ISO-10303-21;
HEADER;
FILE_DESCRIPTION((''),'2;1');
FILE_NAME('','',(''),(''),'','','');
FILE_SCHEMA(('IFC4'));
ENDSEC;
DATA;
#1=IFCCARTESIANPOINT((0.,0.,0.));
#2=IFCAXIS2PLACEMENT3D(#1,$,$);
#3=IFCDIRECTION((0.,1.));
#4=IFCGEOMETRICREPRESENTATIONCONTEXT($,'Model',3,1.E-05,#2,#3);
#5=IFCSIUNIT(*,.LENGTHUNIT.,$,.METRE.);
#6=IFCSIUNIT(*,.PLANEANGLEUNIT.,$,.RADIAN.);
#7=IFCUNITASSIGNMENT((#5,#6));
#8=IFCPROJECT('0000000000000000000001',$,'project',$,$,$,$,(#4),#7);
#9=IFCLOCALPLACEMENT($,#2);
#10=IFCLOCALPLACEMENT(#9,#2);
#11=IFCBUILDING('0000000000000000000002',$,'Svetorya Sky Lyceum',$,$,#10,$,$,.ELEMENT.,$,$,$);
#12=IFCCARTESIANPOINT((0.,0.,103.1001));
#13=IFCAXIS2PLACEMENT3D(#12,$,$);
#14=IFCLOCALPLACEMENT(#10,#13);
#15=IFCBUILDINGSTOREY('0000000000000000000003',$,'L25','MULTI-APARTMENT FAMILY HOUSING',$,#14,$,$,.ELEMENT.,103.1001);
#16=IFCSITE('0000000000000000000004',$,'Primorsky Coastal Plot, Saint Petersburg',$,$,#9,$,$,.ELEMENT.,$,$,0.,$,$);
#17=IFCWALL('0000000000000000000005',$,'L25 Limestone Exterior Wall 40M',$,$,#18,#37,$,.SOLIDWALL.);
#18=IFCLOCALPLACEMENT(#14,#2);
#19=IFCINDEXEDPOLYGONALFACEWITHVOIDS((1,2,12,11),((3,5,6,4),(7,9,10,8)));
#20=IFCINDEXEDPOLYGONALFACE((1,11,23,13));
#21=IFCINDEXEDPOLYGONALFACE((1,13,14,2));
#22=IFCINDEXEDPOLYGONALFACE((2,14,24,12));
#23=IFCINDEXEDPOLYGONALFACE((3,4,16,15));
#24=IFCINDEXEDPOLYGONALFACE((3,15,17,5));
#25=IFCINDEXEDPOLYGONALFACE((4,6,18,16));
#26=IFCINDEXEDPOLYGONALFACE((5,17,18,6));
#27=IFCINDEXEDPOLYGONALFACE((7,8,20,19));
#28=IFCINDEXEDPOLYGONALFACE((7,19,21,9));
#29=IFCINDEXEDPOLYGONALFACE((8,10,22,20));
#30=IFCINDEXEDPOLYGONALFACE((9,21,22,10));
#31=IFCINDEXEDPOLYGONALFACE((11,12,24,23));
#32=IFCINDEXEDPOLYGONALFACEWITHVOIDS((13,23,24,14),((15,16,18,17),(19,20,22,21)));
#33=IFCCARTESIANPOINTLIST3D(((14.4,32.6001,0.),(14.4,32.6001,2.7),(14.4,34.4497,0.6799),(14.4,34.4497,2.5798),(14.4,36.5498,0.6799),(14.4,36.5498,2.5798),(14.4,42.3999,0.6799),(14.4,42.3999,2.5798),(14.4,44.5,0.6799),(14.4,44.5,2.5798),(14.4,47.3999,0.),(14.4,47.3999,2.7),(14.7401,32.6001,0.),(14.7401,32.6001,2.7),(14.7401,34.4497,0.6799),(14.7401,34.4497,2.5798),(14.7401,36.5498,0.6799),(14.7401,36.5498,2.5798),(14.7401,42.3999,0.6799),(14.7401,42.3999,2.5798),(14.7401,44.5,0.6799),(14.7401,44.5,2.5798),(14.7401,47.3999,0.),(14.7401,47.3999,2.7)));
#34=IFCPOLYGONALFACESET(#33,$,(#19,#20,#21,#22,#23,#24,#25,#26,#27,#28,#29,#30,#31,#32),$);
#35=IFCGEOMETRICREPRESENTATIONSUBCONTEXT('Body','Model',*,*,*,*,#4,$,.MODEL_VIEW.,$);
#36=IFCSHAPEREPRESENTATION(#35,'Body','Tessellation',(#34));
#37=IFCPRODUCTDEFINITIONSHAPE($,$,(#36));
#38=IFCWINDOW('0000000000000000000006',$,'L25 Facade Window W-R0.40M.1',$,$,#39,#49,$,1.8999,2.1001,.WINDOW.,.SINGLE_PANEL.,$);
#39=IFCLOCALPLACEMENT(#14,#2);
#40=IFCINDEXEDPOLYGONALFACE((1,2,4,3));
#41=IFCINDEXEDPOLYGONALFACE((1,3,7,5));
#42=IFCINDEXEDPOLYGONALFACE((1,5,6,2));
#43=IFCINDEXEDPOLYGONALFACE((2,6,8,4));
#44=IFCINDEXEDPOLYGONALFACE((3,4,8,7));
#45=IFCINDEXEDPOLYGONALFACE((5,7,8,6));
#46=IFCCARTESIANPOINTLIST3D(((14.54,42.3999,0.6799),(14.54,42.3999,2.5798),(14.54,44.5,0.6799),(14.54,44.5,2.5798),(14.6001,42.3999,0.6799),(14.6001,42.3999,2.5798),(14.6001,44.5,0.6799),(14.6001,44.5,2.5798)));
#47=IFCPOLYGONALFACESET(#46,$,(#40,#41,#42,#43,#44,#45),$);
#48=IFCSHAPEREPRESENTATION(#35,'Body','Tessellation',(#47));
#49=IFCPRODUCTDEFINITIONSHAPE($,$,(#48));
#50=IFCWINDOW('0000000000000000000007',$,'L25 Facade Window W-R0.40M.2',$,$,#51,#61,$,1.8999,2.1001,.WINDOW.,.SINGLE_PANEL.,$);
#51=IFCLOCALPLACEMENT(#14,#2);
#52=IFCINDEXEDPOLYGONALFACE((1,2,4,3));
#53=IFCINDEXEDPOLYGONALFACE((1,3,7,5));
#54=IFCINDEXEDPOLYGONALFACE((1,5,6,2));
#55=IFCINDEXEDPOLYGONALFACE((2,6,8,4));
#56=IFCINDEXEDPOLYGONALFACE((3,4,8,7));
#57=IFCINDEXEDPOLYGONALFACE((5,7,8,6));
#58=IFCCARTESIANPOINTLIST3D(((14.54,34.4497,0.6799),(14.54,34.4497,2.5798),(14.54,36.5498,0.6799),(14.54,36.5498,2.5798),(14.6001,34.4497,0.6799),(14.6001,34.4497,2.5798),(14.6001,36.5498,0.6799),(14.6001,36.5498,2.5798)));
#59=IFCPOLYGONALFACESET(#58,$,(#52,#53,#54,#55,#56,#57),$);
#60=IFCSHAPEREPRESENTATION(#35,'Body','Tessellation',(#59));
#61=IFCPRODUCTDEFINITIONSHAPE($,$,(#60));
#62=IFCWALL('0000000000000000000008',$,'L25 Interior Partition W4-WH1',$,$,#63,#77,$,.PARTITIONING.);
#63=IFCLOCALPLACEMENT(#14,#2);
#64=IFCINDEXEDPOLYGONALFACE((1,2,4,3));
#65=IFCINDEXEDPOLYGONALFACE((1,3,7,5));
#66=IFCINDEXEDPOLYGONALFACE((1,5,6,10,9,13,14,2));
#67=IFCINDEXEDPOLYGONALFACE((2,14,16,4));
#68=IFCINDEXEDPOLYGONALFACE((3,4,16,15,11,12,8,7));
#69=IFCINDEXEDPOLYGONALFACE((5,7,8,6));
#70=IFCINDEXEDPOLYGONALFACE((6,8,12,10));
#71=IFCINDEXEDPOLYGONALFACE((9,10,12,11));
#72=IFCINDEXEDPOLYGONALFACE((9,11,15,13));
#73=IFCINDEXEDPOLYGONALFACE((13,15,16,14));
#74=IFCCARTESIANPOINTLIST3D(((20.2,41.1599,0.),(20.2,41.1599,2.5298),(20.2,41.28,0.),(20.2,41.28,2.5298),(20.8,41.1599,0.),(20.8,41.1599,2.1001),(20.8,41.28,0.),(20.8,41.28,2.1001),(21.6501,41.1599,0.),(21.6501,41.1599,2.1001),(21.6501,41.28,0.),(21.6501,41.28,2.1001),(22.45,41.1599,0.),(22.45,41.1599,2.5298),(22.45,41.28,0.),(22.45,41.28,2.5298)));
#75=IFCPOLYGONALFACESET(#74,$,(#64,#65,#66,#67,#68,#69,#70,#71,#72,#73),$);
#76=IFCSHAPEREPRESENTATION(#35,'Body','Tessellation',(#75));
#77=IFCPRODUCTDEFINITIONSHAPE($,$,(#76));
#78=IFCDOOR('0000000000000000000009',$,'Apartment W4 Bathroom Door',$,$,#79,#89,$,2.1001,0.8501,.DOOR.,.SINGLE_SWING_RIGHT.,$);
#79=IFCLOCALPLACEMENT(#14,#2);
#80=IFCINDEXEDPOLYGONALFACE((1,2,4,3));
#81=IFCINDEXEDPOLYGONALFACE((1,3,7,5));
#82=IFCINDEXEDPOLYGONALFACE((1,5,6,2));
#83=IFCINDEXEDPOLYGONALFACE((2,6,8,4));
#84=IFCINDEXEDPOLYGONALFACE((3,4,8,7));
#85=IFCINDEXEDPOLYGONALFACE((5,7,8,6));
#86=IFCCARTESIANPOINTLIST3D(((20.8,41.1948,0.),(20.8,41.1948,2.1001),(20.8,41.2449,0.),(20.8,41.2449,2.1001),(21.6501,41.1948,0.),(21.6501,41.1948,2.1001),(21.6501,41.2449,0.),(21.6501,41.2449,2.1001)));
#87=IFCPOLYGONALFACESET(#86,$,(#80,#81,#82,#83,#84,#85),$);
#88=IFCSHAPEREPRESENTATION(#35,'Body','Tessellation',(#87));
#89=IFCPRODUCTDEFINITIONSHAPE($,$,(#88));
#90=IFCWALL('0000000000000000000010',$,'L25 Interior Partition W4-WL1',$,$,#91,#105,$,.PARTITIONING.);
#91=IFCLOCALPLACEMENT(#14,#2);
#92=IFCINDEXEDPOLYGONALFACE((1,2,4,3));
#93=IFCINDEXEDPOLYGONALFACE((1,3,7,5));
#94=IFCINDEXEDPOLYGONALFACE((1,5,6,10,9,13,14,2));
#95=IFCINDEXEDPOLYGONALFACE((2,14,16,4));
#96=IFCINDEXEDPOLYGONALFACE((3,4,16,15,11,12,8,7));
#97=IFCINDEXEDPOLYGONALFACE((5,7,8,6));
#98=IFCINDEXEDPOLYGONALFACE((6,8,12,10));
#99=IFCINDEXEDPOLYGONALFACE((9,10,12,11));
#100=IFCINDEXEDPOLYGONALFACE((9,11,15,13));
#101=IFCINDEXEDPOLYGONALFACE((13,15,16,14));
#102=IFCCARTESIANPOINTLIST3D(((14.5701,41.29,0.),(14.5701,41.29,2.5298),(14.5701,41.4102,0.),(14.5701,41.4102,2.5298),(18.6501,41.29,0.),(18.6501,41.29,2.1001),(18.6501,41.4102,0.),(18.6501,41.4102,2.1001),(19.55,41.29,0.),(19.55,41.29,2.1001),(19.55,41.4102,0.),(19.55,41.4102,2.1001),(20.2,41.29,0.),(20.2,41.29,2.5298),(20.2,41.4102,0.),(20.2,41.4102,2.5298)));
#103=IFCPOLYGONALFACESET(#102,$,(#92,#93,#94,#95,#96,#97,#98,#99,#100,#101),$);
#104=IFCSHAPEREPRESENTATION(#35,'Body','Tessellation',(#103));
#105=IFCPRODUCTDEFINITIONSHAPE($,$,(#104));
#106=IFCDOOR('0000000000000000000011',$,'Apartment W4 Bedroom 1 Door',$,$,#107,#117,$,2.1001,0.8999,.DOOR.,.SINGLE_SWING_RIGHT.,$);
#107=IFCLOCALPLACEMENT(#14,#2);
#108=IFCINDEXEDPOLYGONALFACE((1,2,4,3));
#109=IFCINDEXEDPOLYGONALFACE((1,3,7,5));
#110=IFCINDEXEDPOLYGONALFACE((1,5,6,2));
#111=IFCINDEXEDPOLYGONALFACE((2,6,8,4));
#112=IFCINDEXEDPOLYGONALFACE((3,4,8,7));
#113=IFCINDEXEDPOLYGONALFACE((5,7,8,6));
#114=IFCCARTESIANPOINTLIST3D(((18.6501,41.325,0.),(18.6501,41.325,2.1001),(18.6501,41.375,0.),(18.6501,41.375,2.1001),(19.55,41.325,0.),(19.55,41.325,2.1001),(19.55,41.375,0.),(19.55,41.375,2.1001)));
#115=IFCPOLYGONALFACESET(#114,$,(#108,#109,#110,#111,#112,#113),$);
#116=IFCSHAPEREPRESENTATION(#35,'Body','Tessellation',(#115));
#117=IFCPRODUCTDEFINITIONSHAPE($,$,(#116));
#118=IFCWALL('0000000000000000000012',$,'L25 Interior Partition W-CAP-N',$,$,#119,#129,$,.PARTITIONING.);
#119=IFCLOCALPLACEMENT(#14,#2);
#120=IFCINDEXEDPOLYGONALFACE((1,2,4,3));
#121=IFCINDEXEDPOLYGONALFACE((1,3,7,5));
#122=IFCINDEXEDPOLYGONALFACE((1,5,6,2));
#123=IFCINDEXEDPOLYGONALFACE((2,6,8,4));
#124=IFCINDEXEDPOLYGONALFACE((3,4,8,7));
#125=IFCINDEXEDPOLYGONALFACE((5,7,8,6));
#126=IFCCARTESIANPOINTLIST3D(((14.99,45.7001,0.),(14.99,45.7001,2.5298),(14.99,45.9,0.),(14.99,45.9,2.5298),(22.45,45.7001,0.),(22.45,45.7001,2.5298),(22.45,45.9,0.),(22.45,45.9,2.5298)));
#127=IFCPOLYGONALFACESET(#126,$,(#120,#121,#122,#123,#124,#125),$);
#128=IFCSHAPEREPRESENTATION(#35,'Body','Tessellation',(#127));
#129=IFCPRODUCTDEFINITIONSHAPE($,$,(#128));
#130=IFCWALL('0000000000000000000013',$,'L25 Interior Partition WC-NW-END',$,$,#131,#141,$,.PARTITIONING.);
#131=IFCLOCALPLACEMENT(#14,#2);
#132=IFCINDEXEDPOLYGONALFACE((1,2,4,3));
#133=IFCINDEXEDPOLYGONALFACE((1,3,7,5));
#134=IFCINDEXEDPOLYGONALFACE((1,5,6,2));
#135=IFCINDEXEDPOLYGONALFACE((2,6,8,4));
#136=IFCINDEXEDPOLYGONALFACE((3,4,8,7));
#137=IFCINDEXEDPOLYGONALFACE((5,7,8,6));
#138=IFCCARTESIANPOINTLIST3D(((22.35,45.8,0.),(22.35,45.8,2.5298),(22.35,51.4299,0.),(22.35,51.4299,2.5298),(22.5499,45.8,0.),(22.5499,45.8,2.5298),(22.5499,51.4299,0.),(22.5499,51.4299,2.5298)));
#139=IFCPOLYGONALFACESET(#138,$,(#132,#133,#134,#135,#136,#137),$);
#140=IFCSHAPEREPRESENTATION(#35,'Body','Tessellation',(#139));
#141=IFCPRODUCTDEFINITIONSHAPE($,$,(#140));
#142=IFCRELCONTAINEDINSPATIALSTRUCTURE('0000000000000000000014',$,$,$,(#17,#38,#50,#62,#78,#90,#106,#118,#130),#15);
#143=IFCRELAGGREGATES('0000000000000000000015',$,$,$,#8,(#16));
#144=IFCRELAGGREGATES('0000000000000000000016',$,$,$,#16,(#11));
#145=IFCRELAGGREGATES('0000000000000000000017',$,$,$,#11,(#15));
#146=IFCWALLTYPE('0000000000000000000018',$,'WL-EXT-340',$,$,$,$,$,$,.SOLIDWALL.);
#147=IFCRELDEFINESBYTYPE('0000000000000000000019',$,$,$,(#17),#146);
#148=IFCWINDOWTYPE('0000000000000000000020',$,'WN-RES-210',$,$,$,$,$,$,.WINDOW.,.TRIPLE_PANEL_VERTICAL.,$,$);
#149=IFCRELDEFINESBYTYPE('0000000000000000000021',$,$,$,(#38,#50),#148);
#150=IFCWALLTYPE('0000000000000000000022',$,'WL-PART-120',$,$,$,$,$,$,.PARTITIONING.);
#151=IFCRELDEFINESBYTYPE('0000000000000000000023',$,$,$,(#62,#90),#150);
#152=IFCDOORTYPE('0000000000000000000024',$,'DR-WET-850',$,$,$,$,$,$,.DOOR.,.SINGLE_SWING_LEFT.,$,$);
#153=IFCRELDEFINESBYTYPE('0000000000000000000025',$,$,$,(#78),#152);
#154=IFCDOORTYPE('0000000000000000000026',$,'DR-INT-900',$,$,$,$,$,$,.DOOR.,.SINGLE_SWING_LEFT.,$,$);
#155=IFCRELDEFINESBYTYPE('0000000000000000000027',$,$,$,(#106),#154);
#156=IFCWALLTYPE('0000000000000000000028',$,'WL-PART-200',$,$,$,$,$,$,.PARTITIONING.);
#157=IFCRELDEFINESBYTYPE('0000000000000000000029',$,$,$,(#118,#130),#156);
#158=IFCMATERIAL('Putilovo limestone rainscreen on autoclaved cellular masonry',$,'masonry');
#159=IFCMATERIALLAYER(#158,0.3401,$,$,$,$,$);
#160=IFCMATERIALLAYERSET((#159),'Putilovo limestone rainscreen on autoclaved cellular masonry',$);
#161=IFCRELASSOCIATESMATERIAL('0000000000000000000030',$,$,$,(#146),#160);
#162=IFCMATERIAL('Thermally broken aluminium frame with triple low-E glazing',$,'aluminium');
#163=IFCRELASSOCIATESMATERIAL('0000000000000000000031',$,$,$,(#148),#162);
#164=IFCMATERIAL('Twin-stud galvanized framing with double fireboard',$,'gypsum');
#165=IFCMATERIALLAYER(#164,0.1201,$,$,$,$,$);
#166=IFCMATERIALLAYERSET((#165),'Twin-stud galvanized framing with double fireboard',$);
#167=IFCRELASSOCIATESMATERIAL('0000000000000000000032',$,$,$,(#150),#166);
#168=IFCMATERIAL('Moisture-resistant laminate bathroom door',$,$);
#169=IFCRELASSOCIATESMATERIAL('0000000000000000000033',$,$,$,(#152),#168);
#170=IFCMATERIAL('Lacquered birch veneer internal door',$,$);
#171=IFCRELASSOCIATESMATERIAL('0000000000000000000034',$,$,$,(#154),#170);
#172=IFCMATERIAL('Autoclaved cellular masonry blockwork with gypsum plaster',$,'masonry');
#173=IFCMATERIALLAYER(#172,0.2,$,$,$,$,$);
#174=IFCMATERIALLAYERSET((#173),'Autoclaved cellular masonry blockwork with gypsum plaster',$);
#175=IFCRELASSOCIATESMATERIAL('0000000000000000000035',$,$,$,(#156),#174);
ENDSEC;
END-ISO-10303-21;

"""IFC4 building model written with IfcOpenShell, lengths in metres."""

from ifc_helpers import new_model, si_unit, direction, frame, frame_2d, origin, place, context, subcontext, project, spatial, rectangle, extrude, material, layer, layer_set, type_object, element, fill, save


model = new_model("IFC4")

# Units and contexts
model_context = context("Model", 3, precision=1e-05, world=origin(), true_north=direction((0.0, 1.0)))
body_context = subcontext(model_context, "Body", "Model", "MODEL_VIEW")
ifc_project = project(units=[si_unit("LENGTHUNIT", "METRE"), si_unit("PLANEANGLEUNIT", "RADIAN")], contexts=[model_context])

# Site, building, storey
site_placement = place(None, origin())
site = spatial("IfcSite", under=ifc_project, at=site_placement, Name="Primorsky Coastal Plot, Saint Petersburg", CompositionType="ELEMENT", RefElevation=0.0)
building_placement = place(site_placement, origin())
building = spatial("IfcBuilding", under=site, at=building_placement, Name="Svetorya Sky Lyceum", CompositionType="ELEMENT")
storey_placement = place(building_placement, frame((0.0, 0.0, 103.1001)))
storey = spatial("IfcBuildingStorey", under=building, at=storey_placement, Name="L25", Description="MULTI-APARTMENT FAMILY HOUSING", CompositionType="ELEMENT", Elevation=103.1001)

# Shared definitions
ifc_material_1 = material(Name="Putilovo limestone rainscreen on autoclaved cellular masonry", Category="masonry")
ifc_layer_1 = layer(ifc_material_1, 0.3401)
ifc_layer_set_1 = layer_set([ifc_layer_1], Name="Putilovo limestone rainscreen on autoclaved cellular masonry")
wall_type_1 = type_object("IfcWallType", Name="WL-EXT-340", PredefinedType="SOLIDWALL", material=ifc_layer_set_1)

# Wall, openings, windows
wall_1_placement = place(storey_placement, frame((14.5701, 47.3999, 0.0), z_axis=(0.0, 0.0, 1.0), x_axis=(0.0, -1.0, 0.0)))
wall_1 = element("IfcWall", 1, at=wall_1_placement, inside=storey, type_object=wall_type_1, Name="L25 Limestone Exterior Wall 40M", PredefinedType="SOLIDWALL", context=body_context, shape_type="SweptSolid", body=[
    extrude(rectangle(XDim=14.7998, YDim=0.3401, at=frame_2d((7.3999, 0.0))), origin(), (0.0, 0.0, 1.0), 2.7),
])
opening_1_placement = place(wall_1_placement, frame((2.8999, 0.0, 0.6799)))
opening_1 = element("IfcOpeningElement", 2, at=opening_1_placement, cuts=wall_1, PredefinedType="OPENING", context=body_context, shape_type="SweptSolid", body=[
    extrude(rectangle(XDim=2.1001, YDim=1.8999, at=frame_2d((1.05, 0.95))), frame((0.0, 0.1799, 0.0), z_axis=(0.0, -1.0, 0.0), x_axis=(1.0, 0.0, 0.0)), (0.0, 0.0, 1.0), 0.3601),
])
opening_2_placement = place(wall_1_placement, frame((10.8501, 0.0, 0.6799)))
opening_2 = element("IfcOpeningElement", 3, at=opening_2_placement, cuts=wall_1, PredefinedType="OPENING", context=body_context, shape_type="SweptSolid", body=[
    extrude(rectangle(XDim=2.1001, YDim=1.8999, at=frame_2d((1.05, 0.95))), frame((0.0, 0.1799, 0.0), z_axis=(0.0, -1.0, 0.0), x_axis=(1.0, 0.0, 0.0)), (0.0, 0.0, 1.0), 0.3601),
])
ifc_material_2 = material(Name="Thermally broken aluminium frame with triple low-E glazing", Category="aluminium")
window_type = type_object("IfcWindowType", Name="WN-RES-210", PartitioningType="TRIPLE_PANEL_VERTICAL", PredefinedType="WINDOW", material=ifc_material_2)
window_1_placement = place(opening_1_placement, origin())
window_1 = element("IfcWindow", 4, at=window_1_placement, inside=storey, type_object=window_type, Name="L25 Facade Window W-R0.40M.1", OverallHeight=1.8999, OverallWidth=2.1001, PartitioningType="SINGLE_PANEL", PredefinedType="WINDOW", context=body_context, shape_type="SweptSolid", body=[
    extrude(rectangle(XDim=2.1001, YDim=1.8999, at=frame_2d((1.05, 0.95))), frame((0.0, 0.03, 0.0), z_axis=(0.0, -1.0, 0.0), x_axis=(1.0, 0.0, 0.0)), (0.0, 0.0, 1.0), 0.0601),
])
fill(opening_1, window_1)
window_2_placement = place(opening_2_placement, origin())
window_2 = element("IfcWindow", 5, at=window_2_placement, inside=storey, type_object=window_type, Name="L25 Facade Window W-R0.40M.2", OverallHeight=1.8999, OverallWidth=2.1001, PartitioningType="SINGLE_PANEL", PredefinedType="WINDOW", context=body_context, shape_type="SweptSolid", body=[
    extrude(rectangle(XDim=2.1001, YDim=1.8999, at=frame_2d((1.05, 0.95))), frame((0.0, 0.03, 0.0), z_axis=(0.0, -1.0, 0.0), x_axis=(1.0, 0.0, 0.0)), (0.0, 0.0, 1.0), 0.0601),
])
fill(opening_2, window_2)

# Walls, openings, doors
ifc_material_3 = material(Name="Twin-stud galvanized framing with double fireboard", Category="gypsum")
ifc_layer_2 = layer(ifc_material_3, 0.1201)
ifc_layer_set_2 = layer_set([ifc_layer_2], Name="Twin-stud galvanized framing with double fireboard")
wall_type_2 = type_object("IfcWallType", Name="WL-PART-120", PredefinedType="PARTITIONING", material=ifc_layer_set_2)
wall_2_placement = place(storey_placement, frame((20.2, 41.22, 0.0), z_axis=(0.0, 0.0, 1.0), x_axis=(1.0, 0.0, 0.0)))
wall_2 = element("IfcWall", 6, at=wall_2_placement, inside=storey, type_object=wall_type_2, Name="L25 Interior Partition W4-WH1", PredefinedType="PARTITIONING", context=body_context, shape_type="SweptSolid", body=[
    extrude(rectangle(XDim=2.25, YDim=0.1201, at=frame_2d((1.125, 0.0))), origin(), (0.0, 0.0, 1.0), 2.5298),
])
opening_3_placement = place(wall_2_placement, frame((0.6001, 0.0, 0.0)))
opening_3 = element("IfcOpeningElement", 7, at=opening_3_placement, cuts=wall_2, PredefinedType="OPENING", context=body_context, shape_type="SweptSolid", body=[
    extrude(rectangle(XDim=0.8501, YDim=2.1001, at=frame_2d((0.425, 1.05))), frame((0.0, 0.0701, 0.0), z_axis=(0.0, -1.0, 0.0), x_axis=(1.0, 0.0, 0.0)), (0.0, 0.0, 1.0), 0.1401),
])
ifc_material_4 = material(Name="Moisture-resistant laminate bathroom door")
door_type_1 = type_object("IfcDoorType", Name="DR-WET-850", OperationType="SINGLE_SWING_LEFT", PredefinedType="DOOR", material=ifc_material_4)
door_1_placement = place(opening_3_placement, origin())
door_1 = element("IfcDoor", 8, at=door_1_placement, inside=storey, type_object=door_type_1, Name="Apartment W4 Bathroom Door", OperationType="SINGLE_SWING_RIGHT", OverallHeight=2.1001, OverallWidth=0.8501, PredefinedType="DOOR", context=body_context, shape_type="SweptSolid", body=[
    extrude(rectangle(XDim=0.8501, YDim=2.1001, at=frame_2d((0.425, 1.05))), frame((0.0, 0.0249, 0.0), z_axis=(0.0, -1.0, 0.0), x_axis=(1.0, 0.0, 0.0)), (0.0, 0.0, 1.0), 0.05),
])
fill(opening_3, door_1)
wall_3_placement = place(storey_placement, frame((14.5701, 41.3501, 0.0), z_axis=(0.0, 0.0, 1.0), x_axis=(1.0, 0.0, 0.0)))
wall_3 = element("IfcWall", 9, at=wall_3_placement, inside=storey, type_object=wall_type_2, Name="L25 Interior Partition W4-WL1", PredefinedType="PARTITIONING", context=body_context, shape_type="SweptSolid", body=[
    extrude(rectangle(XDim=5.6299, YDim=0.1201, at=frame_2d((2.8149, 0.0))), origin(), (0.0, 0.0, 1.0), 2.5298),
])
opening_4_placement = place(wall_3_placement, frame((4.0801, 0.0, 0.0)))
opening_4 = element("IfcOpeningElement", 10, at=opening_4_placement, cuts=wall_3, PredefinedType="OPENING", context=body_context, shape_type="SweptSolid", body=[
    extrude(rectangle(XDim=0.8999, YDim=2.1001, at=frame_2d((0.45, 1.05))), frame((0.0, 0.0701, 0.0), z_axis=(0.0, -1.0, 0.0), x_axis=(1.0, 0.0, 0.0)), (0.0, 0.0, 1.0), 0.1401),
])
ifc_material_5 = material(Name="Lacquered birch veneer internal door")
door_type_2 = type_object("IfcDoorType", Name="DR-INT-900", OperationType="SINGLE_SWING_LEFT", PredefinedType="DOOR", material=ifc_material_5)
door_2_placement = place(opening_4_placement, origin())
door_2 = element("IfcDoor", 11, at=door_2_placement, inside=storey, type_object=door_type_2, Name="Apartment W4 Bedroom 1 Door", OperationType="SINGLE_SWING_RIGHT", OverallHeight=2.1001, OverallWidth=0.8999, PredefinedType="DOOR", context=body_context, shape_type="SweptSolid", body=[
    extrude(rectangle(XDim=0.8999, YDim=2.1001, at=frame_2d((0.45, 1.05))), frame((0.0, 0.0249, 0.0), z_axis=(0.0, -1.0, 0.0), x_axis=(1.0, 0.0, 0.0)), (0.0, 0.0, 1.0), 0.05),
])
fill(opening_4, door_2)

# Walls
ifc_material_6 = material(Name="Autoclaved cellular masonry blockwork with gypsum plaster", Category="masonry")
ifc_layer_3 = layer(ifc_material_6, 0.2)
ifc_layer_set_3 = layer_set([ifc_layer_3], Name="Autoclaved cellular masonry blockwork with gypsum plaster")
wall_type_3 = type_object("IfcWallType", Name="WL-PART-200", PredefinedType="PARTITIONING", material=ifc_layer_set_3)
wall_4_placement = place(storey_placement, frame((14.99, 45.8, 0.0), z_axis=(0.0, 0.0, 1.0), x_axis=(1.0, 0.0, 0.0)))
element("IfcWall", 12, at=wall_4_placement, inside=storey, type_object=wall_type_3, Name="L25 Interior Partition W-CAP-N", PredefinedType="PARTITIONING", context=body_context, shape_type="SweptSolid", body=[
    extrude(rectangle(XDim=7.46, YDim=0.2, at=frame_2d((3.73, 0.0))), origin(), (0.0, 0.0, 1.0), 2.5298),
])
wall_5_placement = place(storey_placement, frame((22.45, 45.8, 0.0), z_axis=(0.0, 0.0, 1.0), x_axis=(0.0, 1.0, 0.0)))
element("IfcWall", 13, at=wall_5_placement, inside=storey, type_object=wall_type_3, Name="L25 Interior Partition WC-NW-END", PredefinedType="PARTITIONING", context=body_context, shape_type="SweptSolid", body=[
    extrude(rectangle(XDim=5.6299, YDim=0.2, at=frame_2d((2.8149, 0.0))), origin(), (0.0, 0.0, 1.0), 2.5298),
])

save(model, "model.ifc")
